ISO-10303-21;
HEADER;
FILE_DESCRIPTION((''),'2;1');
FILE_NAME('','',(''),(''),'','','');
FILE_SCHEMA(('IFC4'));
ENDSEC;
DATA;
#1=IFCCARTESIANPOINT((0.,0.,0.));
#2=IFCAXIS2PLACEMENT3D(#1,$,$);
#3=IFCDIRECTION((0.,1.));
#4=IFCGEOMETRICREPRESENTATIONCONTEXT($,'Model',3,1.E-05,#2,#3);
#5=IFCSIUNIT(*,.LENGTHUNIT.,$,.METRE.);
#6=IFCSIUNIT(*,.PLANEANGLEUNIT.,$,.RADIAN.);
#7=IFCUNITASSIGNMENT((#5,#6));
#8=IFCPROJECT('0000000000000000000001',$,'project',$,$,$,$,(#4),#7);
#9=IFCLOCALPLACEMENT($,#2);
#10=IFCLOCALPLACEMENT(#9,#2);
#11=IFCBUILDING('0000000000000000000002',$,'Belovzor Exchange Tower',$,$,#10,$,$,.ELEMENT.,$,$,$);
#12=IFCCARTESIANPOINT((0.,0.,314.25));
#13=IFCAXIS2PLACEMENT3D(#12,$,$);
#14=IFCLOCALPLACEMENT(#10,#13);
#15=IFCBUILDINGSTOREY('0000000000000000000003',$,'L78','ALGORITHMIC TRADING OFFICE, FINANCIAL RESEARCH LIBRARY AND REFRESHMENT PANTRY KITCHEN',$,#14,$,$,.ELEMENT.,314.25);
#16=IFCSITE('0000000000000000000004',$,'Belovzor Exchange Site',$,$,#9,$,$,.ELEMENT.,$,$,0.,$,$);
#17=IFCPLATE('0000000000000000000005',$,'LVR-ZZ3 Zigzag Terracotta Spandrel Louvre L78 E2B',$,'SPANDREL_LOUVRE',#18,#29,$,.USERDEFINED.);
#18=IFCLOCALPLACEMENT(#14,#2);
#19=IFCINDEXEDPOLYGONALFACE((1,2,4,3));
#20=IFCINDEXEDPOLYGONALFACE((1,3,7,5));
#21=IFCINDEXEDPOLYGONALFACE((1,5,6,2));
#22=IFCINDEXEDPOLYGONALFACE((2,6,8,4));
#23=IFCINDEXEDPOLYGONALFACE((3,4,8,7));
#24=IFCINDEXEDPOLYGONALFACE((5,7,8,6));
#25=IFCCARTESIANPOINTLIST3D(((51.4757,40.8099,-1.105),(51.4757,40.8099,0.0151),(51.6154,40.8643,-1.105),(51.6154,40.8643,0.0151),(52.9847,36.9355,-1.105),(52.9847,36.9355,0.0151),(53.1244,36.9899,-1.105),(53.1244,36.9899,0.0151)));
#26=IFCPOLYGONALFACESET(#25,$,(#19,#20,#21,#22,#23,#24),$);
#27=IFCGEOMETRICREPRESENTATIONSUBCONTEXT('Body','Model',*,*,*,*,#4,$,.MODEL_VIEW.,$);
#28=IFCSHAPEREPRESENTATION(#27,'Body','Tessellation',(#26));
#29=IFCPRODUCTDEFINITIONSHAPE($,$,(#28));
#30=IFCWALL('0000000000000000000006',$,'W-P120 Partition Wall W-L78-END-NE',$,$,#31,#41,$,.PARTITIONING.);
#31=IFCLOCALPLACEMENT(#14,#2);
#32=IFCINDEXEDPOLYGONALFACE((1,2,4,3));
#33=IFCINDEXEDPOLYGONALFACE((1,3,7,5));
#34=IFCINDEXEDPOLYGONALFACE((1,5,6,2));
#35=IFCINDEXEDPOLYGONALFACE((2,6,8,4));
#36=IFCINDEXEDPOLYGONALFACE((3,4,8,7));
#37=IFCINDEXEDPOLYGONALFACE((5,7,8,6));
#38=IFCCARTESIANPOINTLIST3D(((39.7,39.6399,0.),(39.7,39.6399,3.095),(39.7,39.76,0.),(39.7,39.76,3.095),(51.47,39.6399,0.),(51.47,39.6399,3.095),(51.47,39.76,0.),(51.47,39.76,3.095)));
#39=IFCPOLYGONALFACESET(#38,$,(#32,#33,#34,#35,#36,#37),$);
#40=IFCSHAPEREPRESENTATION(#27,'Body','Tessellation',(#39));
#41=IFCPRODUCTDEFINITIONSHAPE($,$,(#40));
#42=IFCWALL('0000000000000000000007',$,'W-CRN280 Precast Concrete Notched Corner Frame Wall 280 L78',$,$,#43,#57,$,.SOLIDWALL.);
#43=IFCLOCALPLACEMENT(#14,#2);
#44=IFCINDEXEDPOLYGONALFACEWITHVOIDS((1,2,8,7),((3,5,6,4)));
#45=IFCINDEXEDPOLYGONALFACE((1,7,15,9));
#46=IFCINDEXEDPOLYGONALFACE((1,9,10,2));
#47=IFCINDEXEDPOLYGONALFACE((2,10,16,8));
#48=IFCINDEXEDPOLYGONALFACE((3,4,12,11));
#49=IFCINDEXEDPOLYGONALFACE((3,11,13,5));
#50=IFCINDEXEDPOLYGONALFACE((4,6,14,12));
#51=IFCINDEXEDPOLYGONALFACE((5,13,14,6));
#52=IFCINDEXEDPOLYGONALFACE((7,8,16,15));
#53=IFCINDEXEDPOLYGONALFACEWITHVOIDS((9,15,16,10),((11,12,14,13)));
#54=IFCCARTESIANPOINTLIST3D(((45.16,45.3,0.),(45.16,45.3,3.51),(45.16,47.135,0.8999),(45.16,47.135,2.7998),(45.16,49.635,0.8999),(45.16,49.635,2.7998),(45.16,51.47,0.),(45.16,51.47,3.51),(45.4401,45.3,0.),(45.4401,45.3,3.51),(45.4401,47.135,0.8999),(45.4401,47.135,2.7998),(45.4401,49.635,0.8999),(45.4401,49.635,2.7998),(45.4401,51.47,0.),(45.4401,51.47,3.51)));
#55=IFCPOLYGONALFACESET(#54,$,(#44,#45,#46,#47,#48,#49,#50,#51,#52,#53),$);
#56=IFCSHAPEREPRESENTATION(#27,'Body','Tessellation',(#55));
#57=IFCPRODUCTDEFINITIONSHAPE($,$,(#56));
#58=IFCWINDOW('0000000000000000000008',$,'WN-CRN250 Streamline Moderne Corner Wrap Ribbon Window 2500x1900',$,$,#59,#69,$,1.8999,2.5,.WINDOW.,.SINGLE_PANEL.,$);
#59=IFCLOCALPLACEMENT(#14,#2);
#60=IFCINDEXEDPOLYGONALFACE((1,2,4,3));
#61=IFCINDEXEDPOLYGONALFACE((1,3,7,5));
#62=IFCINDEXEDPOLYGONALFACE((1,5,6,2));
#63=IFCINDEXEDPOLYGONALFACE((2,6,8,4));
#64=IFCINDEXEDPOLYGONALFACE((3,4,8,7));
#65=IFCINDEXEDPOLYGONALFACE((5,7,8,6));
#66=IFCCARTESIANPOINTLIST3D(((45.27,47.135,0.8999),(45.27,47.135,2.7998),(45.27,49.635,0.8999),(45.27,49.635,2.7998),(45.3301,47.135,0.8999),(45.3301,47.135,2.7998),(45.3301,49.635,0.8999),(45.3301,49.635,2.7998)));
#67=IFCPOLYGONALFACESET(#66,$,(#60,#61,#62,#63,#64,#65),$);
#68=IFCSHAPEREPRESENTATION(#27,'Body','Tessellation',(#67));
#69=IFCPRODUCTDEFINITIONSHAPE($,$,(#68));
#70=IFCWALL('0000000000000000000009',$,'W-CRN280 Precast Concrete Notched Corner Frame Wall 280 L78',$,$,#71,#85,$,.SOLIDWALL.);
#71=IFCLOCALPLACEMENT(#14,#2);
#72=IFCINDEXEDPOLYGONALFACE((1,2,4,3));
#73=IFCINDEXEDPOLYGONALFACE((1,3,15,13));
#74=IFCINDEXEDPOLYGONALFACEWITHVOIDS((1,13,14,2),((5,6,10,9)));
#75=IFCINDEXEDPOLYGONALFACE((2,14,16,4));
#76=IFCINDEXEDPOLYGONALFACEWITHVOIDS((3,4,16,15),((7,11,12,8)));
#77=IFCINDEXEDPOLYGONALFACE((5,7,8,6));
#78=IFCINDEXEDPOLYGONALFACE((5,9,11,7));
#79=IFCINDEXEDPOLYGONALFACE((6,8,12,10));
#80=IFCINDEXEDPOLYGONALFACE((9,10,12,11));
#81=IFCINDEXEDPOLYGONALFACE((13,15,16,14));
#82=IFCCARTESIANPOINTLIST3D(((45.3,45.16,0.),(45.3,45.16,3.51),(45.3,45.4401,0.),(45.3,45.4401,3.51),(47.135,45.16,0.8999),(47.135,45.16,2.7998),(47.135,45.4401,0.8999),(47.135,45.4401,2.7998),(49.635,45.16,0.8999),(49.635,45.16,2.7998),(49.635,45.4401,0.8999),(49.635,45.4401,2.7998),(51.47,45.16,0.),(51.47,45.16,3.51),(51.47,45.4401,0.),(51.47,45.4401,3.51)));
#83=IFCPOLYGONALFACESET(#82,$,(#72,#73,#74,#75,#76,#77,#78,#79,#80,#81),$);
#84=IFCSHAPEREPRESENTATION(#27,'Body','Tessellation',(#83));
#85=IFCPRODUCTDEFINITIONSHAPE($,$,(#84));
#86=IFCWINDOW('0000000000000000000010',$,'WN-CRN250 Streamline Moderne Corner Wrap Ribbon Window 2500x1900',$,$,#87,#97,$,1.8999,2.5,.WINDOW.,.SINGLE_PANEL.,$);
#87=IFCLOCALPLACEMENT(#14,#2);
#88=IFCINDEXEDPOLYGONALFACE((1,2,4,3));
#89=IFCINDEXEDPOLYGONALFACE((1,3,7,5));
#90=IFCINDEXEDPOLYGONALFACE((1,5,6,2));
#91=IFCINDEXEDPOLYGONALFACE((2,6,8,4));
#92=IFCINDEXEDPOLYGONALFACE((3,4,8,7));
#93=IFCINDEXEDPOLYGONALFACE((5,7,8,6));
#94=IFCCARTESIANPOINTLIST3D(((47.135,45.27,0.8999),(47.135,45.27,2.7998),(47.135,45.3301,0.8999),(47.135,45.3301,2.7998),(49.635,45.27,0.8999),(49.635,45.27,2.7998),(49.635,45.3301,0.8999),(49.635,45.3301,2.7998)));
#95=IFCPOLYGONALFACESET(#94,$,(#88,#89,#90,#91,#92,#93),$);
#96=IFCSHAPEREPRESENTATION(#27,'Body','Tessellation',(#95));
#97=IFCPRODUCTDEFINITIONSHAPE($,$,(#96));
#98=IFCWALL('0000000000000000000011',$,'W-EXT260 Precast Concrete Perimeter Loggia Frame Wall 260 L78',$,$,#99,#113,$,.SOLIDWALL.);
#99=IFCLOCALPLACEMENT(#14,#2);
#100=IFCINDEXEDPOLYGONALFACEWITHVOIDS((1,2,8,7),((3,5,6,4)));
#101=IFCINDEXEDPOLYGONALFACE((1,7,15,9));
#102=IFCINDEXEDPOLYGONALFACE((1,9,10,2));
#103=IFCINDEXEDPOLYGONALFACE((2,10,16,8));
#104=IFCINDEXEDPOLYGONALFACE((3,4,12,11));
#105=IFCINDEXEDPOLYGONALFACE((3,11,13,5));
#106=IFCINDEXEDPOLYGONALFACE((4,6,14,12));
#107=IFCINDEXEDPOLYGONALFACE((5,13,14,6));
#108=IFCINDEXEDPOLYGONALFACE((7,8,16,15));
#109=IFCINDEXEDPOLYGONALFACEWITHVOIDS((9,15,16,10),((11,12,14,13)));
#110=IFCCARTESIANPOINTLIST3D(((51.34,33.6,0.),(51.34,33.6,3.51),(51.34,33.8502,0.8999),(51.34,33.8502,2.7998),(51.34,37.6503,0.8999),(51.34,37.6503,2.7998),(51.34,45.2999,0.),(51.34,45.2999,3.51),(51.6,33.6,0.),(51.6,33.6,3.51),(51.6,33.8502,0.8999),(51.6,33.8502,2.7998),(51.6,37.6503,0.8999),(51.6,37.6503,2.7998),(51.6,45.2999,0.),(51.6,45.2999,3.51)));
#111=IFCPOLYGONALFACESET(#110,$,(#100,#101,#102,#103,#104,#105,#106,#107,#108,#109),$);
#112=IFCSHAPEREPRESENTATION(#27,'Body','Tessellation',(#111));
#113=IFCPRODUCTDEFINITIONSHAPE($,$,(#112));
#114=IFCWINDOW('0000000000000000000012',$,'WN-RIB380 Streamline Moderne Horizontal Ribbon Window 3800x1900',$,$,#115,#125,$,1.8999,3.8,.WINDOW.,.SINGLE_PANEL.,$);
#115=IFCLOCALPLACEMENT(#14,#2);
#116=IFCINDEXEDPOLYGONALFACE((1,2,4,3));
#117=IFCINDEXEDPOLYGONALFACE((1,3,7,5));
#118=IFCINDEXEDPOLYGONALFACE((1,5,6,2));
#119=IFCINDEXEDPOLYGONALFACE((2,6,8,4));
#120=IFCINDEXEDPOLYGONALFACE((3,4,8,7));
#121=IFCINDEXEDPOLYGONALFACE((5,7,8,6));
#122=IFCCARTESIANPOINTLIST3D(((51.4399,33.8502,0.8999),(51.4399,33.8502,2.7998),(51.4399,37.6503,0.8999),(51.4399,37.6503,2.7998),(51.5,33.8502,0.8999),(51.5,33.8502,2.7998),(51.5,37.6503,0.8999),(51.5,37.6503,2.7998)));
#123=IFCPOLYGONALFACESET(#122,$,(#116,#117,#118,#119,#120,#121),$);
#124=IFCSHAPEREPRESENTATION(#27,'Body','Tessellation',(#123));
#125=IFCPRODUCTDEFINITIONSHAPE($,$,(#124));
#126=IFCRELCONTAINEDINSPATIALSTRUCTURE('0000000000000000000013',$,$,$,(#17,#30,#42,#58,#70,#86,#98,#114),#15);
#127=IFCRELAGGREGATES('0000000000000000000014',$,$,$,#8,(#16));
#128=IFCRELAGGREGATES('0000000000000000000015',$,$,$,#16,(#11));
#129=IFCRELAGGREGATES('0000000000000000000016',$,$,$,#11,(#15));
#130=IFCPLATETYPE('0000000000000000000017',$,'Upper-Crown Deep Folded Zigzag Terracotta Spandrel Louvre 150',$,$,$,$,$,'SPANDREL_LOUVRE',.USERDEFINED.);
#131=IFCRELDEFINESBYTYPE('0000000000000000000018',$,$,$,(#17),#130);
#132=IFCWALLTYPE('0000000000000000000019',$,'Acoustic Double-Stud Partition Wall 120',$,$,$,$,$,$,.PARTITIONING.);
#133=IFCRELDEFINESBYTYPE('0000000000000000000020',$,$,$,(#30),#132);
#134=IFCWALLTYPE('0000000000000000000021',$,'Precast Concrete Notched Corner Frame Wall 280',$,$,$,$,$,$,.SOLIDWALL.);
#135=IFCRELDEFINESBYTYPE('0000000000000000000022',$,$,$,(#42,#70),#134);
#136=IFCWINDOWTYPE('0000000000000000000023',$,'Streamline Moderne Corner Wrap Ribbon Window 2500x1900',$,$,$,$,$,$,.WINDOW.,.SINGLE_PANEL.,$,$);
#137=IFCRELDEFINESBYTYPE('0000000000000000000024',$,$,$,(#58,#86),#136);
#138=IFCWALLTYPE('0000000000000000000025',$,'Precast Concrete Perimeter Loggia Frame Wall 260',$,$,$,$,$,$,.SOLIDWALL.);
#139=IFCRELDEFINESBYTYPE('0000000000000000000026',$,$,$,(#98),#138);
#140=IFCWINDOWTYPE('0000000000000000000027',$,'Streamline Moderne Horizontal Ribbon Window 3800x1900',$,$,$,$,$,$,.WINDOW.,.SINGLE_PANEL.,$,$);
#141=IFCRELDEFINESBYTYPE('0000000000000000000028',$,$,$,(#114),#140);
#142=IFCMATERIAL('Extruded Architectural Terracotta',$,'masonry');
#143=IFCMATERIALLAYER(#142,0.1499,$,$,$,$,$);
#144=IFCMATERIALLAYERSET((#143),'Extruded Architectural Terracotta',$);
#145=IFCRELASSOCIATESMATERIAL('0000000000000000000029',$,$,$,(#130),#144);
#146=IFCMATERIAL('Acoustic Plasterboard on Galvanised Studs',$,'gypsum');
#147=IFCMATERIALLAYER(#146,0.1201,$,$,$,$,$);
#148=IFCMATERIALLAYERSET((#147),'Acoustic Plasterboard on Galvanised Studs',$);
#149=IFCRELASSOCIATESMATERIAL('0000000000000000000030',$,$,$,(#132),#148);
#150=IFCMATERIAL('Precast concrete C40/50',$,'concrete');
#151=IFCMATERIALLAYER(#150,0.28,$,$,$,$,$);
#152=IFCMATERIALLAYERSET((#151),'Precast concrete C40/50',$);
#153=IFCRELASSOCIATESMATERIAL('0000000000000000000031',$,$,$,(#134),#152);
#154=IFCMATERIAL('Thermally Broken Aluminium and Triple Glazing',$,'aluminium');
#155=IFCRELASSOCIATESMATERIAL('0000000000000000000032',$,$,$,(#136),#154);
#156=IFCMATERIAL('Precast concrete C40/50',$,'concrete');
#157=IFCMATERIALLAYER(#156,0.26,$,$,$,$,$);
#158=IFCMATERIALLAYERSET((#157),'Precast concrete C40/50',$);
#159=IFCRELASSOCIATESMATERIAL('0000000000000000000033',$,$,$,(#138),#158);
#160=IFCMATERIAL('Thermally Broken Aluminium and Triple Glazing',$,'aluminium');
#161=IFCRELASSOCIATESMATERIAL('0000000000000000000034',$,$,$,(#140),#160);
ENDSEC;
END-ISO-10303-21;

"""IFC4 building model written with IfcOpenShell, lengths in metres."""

from ifc_helpers import new_model, si_unit, direction, frame, frame_2d, origin, origin_2d, place, context, subcontext, project, spatial, rectangle, extrude, material, layer, layer_set, type_object, element, fill, save


model = new_model("IFC4")

# Units and contexts
model_context = context("Model", 3, precision=1e-05, world=origin(), true_north=direction((0.0, 1.0)))
body_context = subcontext(model_context, "Body", "Model", "MODEL_VIEW")
ifc_project = project(units=[si_unit("LENGTHUNIT", "METRE"), si_unit("PLANEANGLEUNIT", "RADIAN")], contexts=[model_context])

# Site, building, storey
site_placement = place(None, origin())
site = spatial("IfcSite", under=ifc_project, at=site_placement, Name="Belovzor Exchange Site", CompositionType="ELEMENT", RefElevation=0.0)
building_placement = place(site_placement, origin())
building = spatial("IfcBuilding", under=site, at=building_placement, Name="Belovzor Exchange Tower", CompositionType="ELEMENT")
storey_placement = place(building_placement, frame((0.0, 0.0, 314.25)))
storey = spatial("IfcBuildingStorey", under=building, at=storey_placement, Name="L78", Description="ALGORITHMIC TRADING OFFICE, FINANCIAL RESEARCH LIBRARY AND REFRESHMENT PANTRY KITCHEN", CompositionType="ELEMENT", Elevation=314.25)

# Plate
ifc_material_1 = material(Name="Extruded Architectural Terracotta", Category="masonry")
ifc_layer_1 = layer(ifc_material_1, 0.1499)
ifc_layer_set_1 = layer_set([ifc_layer_1], Name="Extruded Architectural Terracotta")
plate_type = type_object("IfcPlateType", Name="Upper-Crown Deep Folded Zigzag Terracotta Spandrel Louvre 150", ElementType="SPANDREL_LOUVRE", PredefinedType="USERDEFINED", material=ifc_layer_set_1)
plate_placement = place(storey_placement, frame((52.3, 38.8999, -1.105), z_axis=(0.0, 0.0, 1.0), x_axis=(-0.362926, 0.931818, 0.0)))
element("IfcPlate", 1, at=plate_placement, inside=storey, type_object=plate_type, Name="LVR-ZZ3 Zigzag Terracotta Spandrel Louvre L78 E2B", ObjectType="SPANDREL_LOUVRE", PredefinedType="USERDEFINED", context=body_context, shape_type="SweptSolid", body=[
    extrude(rectangle(XDim=4.158, YDim=0.1499, at=origin_2d()), origin(), (0.0, 0.0, 1.0), 1.1201),
])

# Wall
ifc_material_2 = material(Name="Acoustic Plasterboard on Galvanised Studs", Category="gypsum")
ifc_layer_2 = layer(ifc_material_2, 0.1201)
ifc_layer_set_2 = layer_set([ifc_layer_2], Name="Acoustic Plasterboard on Galvanised Studs")
wall_type_1 = type_object("IfcWallType", Name="Acoustic Double-Stud Partition Wall 120", PredefinedType="PARTITIONING", material=ifc_layer_set_2)
wall_1_placement = place(storey_placement, frame((39.7, 39.7, 0.0), z_axis=(0.0, 0.0, 1.0), x_axis=(1.0, 0.0, 0.0)))
element("IfcWall", 2, at=wall_1_placement, inside=storey, type_object=wall_type_1, Name="W-P120 Partition Wall W-L78-END-NE", PredefinedType="PARTITIONING", context=body_context, shape_type="SweptSolid", body=[
    extrude(rectangle(XDim=11.77, YDim=0.1201, at=frame_2d((5.885, 0.0))), origin(), (0.0, 0.0, 1.0), 3.095),
])

# Walls, openings, windows
ifc_material_3 = material(Name="Precast concrete C40/50", Category="concrete")
ifc_layer_3 = layer(ifc_material_3, 0.28)
ifc_layer_set_3 = layer_set([ifc_layer_3], Name="Precast concrete C40/50")
wall_type_2 = type_object("IfcWallType", Name="Precast Concrete Notched Corner Frame Wall 280", PredefinedType="SOLIDWALL", material=ifc_layer_set_3)
wall_2_placement = place(storey_placement, frame((45.3, 51.47, 0.0), z_axis=(0.0, 0.0, 1.0), x_axis=(0.0, -1.0, 0.0)))
wall_2 = element("IfcWall", 3, at=wall_2_placement, inside=storey, type_object=wall_type_2, Name="W-CRN280 Precast Concrete Notched Corner Frame Wall 280 L78", PredefinedType="SOLIDWALL", context=body_context, shape_type="SweptSolid", body=[
    extrude(rectangle(XDim=6.1699, YDim=0.28, at=frame_2d((3.085, 0.0))), origin(), (0.0, 0.0, 1.0), 3.51),
])
opening_1_placement = place(wall_2_placement, frame((1.835, 0.0, 0.8999)))
opening_1 = element("IfcOpeningElement", 4, at=opening_1_placement, cuts=wall_2, PredefinedType="OPENING", context=body_context, shape_type="SweptSolid", body=[
    extrude(rectangle(XDim=2.5, YDim=1.8999, at=frame_2d((1.25, 0.95))), frame((0.0, 0.1499, 0.0), z_axis=(0.0, -1.0, 0.0), x_axis=(1.0, 0.0, 0.0)), (0.0, 0.0, 1.0), 0.3),
])
ifc_material_4 = material(Name="Thermally Broken Aluminium and Triple Glazing", Category="aluminium")
window_type_1 = type_object("IfcWindowType", Name="Streamline Moderne Corner Wrap Ribbon Window 2500x1900", PartitioningType="SINGLE_PANEL", PredefinedType="WINDOW", material=ifc_material_4)
window_1_placement = place(opening_1_placement, origin())
window_1 = element("IfcWindow", 5, at=window_1_placement, inside=storey, type_object=window_type_1, Name="WN-CRN250 Streamline Moderne Corner Wrap Ribbon Window 2500x1900", OverallHeight=1.8999, OverallWidth=2.5, PartitioningType="SINGLE_PANEL", PredefinedType="WINDOW", context=body_context, shape_type="SweptSolid", body=[
    extrude(rectangle(XDim=2.5, YDim=1.8999, at=frame_2d((1.25, 0.95))), frame((0.0, 0.03, 0.0), z_axis=(0.0, -1.0, 0.0), x_axis=(1.0, 0.0, 0.0)), (0.0, 0.0, 1.0), 0.0601),
])
fill(opening_1, window_1)
wall_3_placement = place(storey_placement, frame((45.3, 45.3, 0.0), z_axis=(0.0, 0.0, 1.0), x_axis=(1.0, 0.0, 0.0)))
wall_3 = element("IfcWall", 6, at=wall_3_placement, inside=storey, type_object=wall_type_2, Name="W-CRN280 Precast Concrete Notched Corner Frame Wall 280 L78", PredefinedType="SOLIDWALL", context=body_context, shape_type="SweptSolid", body=[
    extrude(rectangle(XDim=6.1699, YDim=0.28, at=frame_2d((3.085, 0.0))), origin(), (0.0, 0.0, 1.0), 3.51),
])
opening_2_placement = place(wall_3_placement, frame((1.835, 0.0, 0.8999)))
opening_2 = element("IfcOpeningElement", 7, at=opening_2_placement, cuts=wall_3, PredefinedType="OPENING", context=body_context, shape_type="SweptSolid", body=[
    extrude(rectangle(XDim=2.5, YDim=1.8999, at=frame_2d((1.25, 0.95))), frame((0.0, 0.1499, 0.0), z_axis=(0.0, -1.0, 0.0), x_axis=(1.0, 0.0, 0.0)), (0.0, 0.0, 1.0), 0.3),
])
window_2_placement = place(opening_2_placement, origin())
window_2 = element("IfcWindow", 8, at=window_2_placement, inside=storey, type_object=window_type_1, Name="WN-CRN250 Streamline Moderne Corner Wrap Ribbon Window 2500x1900", OverallHeight=1.8999, OverallWidth=2.5, PartitioningType="SINGLE_PANEL", PredefinedType="WINDOW", context=body_context, shape_type="SweptSolid", body=[
    extrude(rectangle(XDim=2.5, YDim=1.8999, at=frame_2d((1.25, 0.95))), frame((0.0, 0.03, 0.0), z_axis=(0.0, -1.0, 0.0), x_axis=(1.0, 0.0, 0.0)), (0.0, 0.0, 1.0), 0.0601),
])
fill(opening_2, window_2)
ifc_material_5 = material(Name="Precast concrete C40/50", Category="concrete")
ifc_layer_4 = layer(ifc_material_5, 0.26)
ifc_layer_set_4 = layer_set([ifc_layer_4], Name="Precast concrete C40/50")
wall_type_3 = type_object("IfcWallType", Name="Precast Concrete Perimeter Loggia Frame Wall 260", PredefinedType="SOLIDWALL", material=ifc_layer_set_4)
wall_4_placement = place(storey_placement, frame((51.47, 45.3, 0.0), z_axis=(0.0, 0.0, 1.0), x_axis=(0.0, -1.0, 0.0)))
wall_4 = element("IfcWall", 9, at=wall_4_placement, inside=storey, type_object=wall_type_3, Name="W-EXT260 Precast Concrete Perimeter Loggia Frame Wall 260 L78", PredefinedType="SOLIDWALL", context=body_context, shape_type="SweptSolid", body=[
    extrude(rectangle(XDim=11.7, YDim=0.26, at=frame_2d((5.8501, 0.0))), origin(), (0.0, 0.0, 1.0), 3.51),
])
opening_3_placement = place(wall_4_placement, frame((7.6499, 0.0, 0.8999)))
opening_3 = element("IfcOpeningElement", 10, at=opening_3_placement, cuts=wall_4, PredefinedType="OPENING", context=body_context, shape_type="SweptSolid", body=[
    extrude(rectangle(XDim=3.8, YDim=1.8999, at=frame_2d((1.8999, 0.95))), frame((0.0, 0.1399, 0.0), z_axis=(0.0, -1.0, 0.0), x_axis=(1.0, 0.0, 0.0)), (0.0, 0.0, 1.0), 0.28),
])
ifc_material_6 = material(Name="Thermally Broken Aluminium and Triple Glazing", Category="aluminium")
window_type_2 = type_object("IfcWindowType", Name="Streamline Moderne Horizontal Ribbon Window 3800x1900", PartitioningType="SINGLE_PANEL", PredefinedType="WINDOW", material=ifc_material_6)
window_3_placement = place(opening_3_placement, origin())
window_3 = element("IfcWindow", 11, at=window_3_placement, inside=storey, type_object=window_type_2, Name="WN-RIB380 Streamline Moderne Horizontal Ribbon Window 3800x1900", OverallHeight=1.8999, OverallWidth=3.8, PartitioningType="SINGLE_PANEL", PredefinedType="WINDOW", context=body_context, shape_type="SweptSolid", body=[
    extrude(rectangle(XDim=3.8, YDim=1.8999, at=frame_2d((1.8999, 0.95))), frame((0.0, 0.03, 0.0), z_axis=(0.0, -1.0, 0.0), x_axis=(1.0, 0.0, 0.0)), (0.0, 0.0, 1.0), 0.0601),
])
fill(opening_3, window_3)

save(model, "model.ifc")
